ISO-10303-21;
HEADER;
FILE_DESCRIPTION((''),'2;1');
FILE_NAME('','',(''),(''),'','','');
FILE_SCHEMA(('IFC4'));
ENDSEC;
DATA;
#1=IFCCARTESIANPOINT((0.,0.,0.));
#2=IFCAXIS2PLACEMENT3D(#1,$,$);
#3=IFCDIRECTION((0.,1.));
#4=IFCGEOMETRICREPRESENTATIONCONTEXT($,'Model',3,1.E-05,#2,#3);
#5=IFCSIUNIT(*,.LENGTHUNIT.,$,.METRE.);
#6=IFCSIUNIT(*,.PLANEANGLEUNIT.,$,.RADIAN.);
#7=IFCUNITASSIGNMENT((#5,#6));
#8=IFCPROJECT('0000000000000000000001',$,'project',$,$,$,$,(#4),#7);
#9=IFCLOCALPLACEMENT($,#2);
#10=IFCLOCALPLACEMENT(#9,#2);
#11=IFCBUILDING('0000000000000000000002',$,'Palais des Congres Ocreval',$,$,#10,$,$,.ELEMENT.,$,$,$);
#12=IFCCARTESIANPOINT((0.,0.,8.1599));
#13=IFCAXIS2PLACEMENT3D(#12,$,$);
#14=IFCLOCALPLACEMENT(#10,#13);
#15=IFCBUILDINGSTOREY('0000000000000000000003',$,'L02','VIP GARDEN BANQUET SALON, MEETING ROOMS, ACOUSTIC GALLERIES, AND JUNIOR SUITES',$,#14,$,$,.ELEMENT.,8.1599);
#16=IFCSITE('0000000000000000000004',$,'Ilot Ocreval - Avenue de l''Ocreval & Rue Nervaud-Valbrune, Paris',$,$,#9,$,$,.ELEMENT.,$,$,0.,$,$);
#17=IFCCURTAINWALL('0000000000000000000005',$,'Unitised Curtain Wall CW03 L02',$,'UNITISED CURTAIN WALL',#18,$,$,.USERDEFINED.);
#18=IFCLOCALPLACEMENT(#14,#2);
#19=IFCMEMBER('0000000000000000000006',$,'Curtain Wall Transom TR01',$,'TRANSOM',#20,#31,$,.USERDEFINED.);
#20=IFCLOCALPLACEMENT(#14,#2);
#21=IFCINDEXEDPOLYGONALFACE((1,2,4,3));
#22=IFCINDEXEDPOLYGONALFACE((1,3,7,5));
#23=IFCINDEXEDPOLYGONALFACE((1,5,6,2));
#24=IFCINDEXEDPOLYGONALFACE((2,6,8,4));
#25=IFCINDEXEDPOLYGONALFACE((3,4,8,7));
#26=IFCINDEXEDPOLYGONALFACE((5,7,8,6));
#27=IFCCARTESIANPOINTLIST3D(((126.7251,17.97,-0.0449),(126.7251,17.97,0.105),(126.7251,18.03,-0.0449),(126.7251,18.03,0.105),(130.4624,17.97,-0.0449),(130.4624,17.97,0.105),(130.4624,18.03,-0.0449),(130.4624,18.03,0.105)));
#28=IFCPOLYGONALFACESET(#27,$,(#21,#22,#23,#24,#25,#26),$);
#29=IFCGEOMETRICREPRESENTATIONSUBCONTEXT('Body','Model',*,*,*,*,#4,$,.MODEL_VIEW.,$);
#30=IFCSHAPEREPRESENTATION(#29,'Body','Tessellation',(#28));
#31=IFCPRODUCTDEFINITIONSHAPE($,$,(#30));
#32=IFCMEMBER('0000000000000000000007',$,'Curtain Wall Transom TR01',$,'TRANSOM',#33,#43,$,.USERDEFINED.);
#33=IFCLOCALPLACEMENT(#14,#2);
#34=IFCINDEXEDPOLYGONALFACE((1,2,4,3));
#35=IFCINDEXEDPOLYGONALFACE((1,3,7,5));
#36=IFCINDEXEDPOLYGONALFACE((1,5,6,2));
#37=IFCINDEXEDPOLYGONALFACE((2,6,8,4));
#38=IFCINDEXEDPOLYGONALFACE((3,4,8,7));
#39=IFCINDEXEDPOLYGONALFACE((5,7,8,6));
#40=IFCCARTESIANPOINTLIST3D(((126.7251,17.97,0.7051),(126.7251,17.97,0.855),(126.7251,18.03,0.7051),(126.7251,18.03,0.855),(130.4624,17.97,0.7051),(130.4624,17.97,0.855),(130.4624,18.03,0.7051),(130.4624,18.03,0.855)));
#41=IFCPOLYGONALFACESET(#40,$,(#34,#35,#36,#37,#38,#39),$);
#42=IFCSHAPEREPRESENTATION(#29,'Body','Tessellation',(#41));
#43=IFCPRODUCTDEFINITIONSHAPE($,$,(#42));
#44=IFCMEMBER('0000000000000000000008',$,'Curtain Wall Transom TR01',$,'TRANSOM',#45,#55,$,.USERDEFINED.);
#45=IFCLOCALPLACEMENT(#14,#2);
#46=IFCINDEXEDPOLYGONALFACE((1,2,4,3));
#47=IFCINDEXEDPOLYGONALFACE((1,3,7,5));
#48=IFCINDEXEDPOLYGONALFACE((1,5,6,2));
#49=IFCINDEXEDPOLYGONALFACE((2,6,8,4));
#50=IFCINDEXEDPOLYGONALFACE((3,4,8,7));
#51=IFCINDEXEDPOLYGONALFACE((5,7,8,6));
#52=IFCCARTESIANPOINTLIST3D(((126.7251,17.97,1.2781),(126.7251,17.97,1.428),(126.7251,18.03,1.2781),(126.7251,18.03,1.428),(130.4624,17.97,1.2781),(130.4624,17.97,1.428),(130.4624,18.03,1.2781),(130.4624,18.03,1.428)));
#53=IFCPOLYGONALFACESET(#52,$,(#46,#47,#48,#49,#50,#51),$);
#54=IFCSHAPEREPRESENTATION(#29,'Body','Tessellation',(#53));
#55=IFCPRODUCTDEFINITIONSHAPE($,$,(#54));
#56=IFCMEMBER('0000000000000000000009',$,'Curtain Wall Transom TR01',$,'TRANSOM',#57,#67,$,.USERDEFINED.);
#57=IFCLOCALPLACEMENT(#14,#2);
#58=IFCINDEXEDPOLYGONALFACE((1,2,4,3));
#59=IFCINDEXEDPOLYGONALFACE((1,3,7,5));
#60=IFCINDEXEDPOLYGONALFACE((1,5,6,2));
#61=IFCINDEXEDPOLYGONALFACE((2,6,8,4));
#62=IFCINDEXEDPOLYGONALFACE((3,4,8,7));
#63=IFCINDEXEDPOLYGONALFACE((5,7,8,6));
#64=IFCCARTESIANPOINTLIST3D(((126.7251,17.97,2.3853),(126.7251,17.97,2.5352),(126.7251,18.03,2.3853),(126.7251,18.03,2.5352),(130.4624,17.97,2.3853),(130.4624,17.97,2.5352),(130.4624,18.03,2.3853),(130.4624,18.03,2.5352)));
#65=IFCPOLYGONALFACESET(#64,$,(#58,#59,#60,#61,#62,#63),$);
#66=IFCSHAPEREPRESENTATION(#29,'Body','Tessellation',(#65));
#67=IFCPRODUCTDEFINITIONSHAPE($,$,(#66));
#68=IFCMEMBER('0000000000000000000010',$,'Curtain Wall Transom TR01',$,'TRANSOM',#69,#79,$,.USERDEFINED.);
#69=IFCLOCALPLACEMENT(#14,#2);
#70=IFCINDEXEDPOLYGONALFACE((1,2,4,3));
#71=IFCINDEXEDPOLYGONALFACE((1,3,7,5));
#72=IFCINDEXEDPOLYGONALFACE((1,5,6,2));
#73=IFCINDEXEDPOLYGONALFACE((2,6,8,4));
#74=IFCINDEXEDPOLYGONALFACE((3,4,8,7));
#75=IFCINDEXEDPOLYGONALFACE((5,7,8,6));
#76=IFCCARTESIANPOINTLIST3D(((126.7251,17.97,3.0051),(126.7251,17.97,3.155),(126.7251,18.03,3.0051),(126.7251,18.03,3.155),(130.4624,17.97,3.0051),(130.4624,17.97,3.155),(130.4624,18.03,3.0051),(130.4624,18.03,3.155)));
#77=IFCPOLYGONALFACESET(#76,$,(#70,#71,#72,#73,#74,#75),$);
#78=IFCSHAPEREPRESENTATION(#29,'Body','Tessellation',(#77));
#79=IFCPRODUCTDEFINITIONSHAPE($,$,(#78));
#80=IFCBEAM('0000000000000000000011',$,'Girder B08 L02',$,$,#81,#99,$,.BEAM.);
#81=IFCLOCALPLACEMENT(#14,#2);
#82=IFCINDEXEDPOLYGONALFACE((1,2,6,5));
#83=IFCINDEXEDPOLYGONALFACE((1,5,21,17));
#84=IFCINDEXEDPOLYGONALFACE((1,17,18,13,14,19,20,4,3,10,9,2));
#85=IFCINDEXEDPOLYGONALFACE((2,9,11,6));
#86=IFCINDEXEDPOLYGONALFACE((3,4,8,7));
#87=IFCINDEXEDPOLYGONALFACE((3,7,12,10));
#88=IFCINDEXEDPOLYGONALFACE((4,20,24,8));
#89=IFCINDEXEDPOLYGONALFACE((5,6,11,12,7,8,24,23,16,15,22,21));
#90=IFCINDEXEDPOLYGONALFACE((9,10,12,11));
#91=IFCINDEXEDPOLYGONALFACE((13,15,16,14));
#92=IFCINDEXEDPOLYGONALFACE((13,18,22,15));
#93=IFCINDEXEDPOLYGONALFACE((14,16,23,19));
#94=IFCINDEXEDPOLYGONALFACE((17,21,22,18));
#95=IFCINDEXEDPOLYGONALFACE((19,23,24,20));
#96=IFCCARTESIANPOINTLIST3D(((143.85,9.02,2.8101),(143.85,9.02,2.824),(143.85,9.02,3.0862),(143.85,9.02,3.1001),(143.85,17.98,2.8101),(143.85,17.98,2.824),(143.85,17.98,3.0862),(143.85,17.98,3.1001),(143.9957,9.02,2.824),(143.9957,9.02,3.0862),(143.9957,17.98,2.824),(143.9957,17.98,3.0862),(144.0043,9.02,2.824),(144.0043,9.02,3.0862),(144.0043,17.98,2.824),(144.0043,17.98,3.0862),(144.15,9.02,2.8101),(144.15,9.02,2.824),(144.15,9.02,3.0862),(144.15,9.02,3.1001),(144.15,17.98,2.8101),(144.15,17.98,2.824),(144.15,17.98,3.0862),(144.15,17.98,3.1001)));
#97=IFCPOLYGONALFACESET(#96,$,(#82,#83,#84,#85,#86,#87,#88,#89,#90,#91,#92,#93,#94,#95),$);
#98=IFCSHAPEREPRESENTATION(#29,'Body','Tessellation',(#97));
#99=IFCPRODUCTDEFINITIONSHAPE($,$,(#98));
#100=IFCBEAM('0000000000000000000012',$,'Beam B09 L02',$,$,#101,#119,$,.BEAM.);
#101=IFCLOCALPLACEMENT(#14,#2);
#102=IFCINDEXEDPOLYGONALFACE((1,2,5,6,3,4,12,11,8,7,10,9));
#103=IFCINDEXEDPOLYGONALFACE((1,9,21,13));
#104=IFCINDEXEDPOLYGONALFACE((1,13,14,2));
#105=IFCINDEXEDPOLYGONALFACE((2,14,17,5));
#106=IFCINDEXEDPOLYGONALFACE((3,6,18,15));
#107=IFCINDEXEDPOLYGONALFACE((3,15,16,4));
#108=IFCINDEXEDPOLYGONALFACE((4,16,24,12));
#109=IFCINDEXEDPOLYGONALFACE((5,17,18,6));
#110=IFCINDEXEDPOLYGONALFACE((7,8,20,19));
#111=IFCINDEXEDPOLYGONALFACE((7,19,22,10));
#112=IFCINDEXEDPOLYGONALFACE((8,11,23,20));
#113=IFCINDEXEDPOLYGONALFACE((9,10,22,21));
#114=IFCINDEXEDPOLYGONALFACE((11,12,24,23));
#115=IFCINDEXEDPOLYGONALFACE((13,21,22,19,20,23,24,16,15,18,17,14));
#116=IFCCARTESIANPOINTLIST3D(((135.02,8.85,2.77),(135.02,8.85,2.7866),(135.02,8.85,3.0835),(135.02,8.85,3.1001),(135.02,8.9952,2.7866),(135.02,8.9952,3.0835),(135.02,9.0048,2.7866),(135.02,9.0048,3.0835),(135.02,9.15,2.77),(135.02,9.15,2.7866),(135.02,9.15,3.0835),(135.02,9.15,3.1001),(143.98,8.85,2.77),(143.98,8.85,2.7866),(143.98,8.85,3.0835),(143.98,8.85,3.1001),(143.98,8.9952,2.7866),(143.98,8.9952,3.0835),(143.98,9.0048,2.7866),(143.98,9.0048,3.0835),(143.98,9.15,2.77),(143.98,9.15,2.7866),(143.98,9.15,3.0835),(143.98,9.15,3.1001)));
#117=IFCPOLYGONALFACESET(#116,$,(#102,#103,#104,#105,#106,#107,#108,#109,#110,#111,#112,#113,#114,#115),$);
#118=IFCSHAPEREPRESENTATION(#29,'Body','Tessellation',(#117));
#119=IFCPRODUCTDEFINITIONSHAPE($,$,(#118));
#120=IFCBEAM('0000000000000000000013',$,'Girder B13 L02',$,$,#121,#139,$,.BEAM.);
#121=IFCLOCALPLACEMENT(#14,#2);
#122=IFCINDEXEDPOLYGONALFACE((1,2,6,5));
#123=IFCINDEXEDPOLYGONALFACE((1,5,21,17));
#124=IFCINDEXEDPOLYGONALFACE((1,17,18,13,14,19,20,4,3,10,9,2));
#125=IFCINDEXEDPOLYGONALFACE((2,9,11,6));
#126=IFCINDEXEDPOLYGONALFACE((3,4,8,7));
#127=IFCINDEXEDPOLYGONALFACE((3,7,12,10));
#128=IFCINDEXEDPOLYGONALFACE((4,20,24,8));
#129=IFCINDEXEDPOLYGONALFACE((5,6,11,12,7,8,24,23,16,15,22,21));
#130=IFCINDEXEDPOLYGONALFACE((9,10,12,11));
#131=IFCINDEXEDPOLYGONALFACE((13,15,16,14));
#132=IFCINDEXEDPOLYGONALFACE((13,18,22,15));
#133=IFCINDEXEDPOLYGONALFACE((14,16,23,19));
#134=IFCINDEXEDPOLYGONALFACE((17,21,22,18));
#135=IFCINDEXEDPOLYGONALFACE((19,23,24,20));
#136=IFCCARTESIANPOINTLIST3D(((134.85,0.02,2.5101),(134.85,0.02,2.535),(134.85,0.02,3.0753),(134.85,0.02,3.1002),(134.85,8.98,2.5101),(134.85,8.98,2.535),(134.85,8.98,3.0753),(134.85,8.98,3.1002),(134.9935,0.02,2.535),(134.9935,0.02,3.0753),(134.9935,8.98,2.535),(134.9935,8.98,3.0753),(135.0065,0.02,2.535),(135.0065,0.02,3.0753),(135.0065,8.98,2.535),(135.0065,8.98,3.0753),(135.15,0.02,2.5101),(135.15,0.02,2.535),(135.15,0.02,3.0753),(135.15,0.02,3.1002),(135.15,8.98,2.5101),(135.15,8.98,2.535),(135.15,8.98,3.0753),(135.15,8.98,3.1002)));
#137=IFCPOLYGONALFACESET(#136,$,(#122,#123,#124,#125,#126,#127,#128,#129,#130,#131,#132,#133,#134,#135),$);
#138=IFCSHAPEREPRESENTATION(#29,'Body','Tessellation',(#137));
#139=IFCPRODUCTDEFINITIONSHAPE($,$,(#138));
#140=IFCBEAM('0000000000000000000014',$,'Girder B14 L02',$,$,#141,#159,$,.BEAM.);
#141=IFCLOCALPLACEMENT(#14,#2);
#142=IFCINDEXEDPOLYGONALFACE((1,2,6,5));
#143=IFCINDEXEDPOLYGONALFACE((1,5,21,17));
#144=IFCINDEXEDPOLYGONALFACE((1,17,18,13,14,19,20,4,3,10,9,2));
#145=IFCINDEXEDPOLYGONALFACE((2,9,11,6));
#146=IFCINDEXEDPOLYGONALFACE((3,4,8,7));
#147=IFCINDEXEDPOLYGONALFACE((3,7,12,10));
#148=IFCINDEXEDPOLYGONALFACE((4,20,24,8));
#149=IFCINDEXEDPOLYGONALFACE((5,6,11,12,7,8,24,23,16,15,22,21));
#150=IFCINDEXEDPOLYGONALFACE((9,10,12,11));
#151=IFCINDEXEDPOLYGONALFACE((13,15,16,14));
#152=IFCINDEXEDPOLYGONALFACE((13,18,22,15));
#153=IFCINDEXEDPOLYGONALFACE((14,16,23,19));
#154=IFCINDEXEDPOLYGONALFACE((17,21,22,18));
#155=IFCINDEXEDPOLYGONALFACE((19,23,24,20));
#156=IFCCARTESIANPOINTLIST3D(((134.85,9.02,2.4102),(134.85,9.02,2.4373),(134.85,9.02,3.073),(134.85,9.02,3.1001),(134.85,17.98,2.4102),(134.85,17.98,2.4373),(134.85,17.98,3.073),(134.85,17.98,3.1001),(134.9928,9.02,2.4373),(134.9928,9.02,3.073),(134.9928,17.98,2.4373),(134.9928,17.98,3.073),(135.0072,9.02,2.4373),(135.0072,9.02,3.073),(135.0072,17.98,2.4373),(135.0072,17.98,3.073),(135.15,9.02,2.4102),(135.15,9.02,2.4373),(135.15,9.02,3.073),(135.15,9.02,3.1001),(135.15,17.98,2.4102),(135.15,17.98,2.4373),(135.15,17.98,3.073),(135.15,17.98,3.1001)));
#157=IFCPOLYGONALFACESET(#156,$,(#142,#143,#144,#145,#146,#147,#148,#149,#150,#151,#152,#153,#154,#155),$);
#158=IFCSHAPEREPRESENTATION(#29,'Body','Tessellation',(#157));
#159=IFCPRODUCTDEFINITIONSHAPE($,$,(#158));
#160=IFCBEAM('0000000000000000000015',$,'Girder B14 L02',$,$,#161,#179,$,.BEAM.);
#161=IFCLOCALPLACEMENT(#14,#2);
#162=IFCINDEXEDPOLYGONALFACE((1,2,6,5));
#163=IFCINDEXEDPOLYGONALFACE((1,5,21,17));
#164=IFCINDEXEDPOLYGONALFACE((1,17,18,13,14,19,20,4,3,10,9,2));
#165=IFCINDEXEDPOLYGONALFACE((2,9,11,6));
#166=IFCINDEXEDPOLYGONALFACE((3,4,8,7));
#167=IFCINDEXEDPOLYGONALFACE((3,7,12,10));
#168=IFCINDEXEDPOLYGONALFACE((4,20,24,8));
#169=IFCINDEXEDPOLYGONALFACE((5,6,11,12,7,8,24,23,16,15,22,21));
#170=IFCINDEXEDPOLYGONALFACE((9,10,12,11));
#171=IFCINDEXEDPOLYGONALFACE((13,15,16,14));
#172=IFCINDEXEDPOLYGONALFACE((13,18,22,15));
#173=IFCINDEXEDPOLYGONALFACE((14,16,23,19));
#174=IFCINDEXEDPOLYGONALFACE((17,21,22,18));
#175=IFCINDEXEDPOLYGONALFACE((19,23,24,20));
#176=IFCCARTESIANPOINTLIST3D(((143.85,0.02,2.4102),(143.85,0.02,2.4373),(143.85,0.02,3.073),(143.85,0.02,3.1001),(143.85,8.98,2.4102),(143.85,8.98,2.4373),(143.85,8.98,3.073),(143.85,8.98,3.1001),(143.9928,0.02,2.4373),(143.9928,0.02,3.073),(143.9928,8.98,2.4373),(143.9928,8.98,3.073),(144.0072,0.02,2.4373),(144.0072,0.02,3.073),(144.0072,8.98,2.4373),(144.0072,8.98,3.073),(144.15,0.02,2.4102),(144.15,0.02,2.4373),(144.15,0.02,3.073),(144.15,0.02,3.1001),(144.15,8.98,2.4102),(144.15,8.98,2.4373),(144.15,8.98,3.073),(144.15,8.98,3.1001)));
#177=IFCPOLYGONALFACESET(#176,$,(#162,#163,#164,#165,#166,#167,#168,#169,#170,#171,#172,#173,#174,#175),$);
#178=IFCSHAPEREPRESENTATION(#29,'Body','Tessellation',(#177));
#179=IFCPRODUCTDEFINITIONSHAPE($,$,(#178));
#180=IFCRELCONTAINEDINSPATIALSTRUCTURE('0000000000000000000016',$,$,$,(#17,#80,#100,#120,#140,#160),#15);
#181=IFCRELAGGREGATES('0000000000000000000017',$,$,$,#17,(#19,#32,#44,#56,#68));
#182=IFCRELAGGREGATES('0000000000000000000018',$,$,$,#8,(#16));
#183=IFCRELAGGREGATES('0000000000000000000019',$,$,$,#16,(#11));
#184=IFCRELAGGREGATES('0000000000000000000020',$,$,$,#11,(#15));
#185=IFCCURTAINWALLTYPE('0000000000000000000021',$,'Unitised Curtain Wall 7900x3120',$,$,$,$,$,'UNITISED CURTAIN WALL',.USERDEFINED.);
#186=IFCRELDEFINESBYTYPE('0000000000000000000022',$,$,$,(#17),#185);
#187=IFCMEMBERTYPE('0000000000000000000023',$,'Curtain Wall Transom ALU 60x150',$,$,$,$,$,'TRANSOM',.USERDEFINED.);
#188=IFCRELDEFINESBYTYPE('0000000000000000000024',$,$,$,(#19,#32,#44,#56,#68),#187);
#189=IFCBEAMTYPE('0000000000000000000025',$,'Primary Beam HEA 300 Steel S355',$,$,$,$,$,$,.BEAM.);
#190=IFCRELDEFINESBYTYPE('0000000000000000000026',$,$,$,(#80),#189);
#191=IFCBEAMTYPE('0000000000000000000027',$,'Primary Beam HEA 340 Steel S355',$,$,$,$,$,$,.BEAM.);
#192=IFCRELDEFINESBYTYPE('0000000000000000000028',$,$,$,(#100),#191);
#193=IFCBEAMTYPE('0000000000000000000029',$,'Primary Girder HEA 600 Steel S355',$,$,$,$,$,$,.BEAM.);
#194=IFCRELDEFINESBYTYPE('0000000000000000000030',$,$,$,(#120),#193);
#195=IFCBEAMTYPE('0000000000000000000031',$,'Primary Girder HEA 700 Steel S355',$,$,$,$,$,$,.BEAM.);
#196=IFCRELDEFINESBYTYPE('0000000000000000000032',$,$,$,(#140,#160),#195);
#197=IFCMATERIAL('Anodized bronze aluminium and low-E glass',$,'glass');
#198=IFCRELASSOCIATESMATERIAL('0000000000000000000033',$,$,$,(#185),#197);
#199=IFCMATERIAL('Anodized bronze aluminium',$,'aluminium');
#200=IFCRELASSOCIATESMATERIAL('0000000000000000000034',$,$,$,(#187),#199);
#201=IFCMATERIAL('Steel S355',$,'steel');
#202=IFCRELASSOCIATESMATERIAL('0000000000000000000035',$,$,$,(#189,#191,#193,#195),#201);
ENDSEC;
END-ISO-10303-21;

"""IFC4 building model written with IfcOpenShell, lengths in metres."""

from ifc_helpers import new_model, si_unit, direction, frame, origin, origin_2d, place, context, subcontext, project, spatial, rectangle, i_section, extrude, material, material_profile, profile_set, type_object, element, aggregate, save


model = new_model("IFC4")

# Units and contexts
model_context = context("Model", 3, precision=1e-05, world=origin(), true_north=direction((0.0, 1.0)))
body_context = subcontext(model_context, "Body", "Model", "MODEL_VIEW")
ifc_project = project(units=[si_unit("LENGTHUNIT", "METRE"), si_unit("PLANEANGLEUNIT", "RADIAN")], contexts=[model_context])

# Site, building, storey
site_placement = place(None, origin())
site = spatial("IfcSite", under=ifc_project, at=site_placement, Name="Ilot Ocreval - Avenue de l'Ocreval & Rue Nervaud-Valbrune, Paris", CompositionType="ELEMENT", RefElevation=0.0)
building_placement = place(site_placement, origin())
building = spatial("IfcBuilding", under=site, at=building_placement, Name="Palais des Congres Ocreval", CompositionType="ELEMENT")
storey_placement = place(building_placement, frame((0.0, 0.0, 8.1599)))
storey = spatial("IfcBuildingStorey", under=building, at=storey_placement, Name="L02", Description="VIP GARDEN BANQUET SALON, MEETING ROOMS, ACOUSTIC GALLERIES, AND JUNIOR SUITES", CompositionType="ELEMENT", Elevation=8.1599)

# Shared definitions
ifc_material_1 = material(Name="Steel S355", Category="steel")

# Shared definitions
ifc_material_2 = material(Name="Anodized bronze aluminium and low-E glass", Category="glass")
curtain_wall_type = type_object("IfcCurtainWallType", Name="Unitised Curtain Wall 7900x3120", ElementType="UNITISED CURTAIN WALL", PredefinedType="USERDEFINED", material=ifc_material_2)
ifc_material_3 = material(Name="Anodized bronze aluminium", Category="aluminium")

# Curtain wall
curtain_wall_1_placement = place(storey_placement, origin())
curtain_wall_1 = element("IfcCurtainWall", 1, at=curtain_wall_1_placement, inside=storey, type_object=curtain_wall_type, Name="Unitised Curtain Wall CW03 L02", ObjectType="UNITISED CURTAIN WALL", PredefinedType="USERDEFINED")

# Members
ifc_material_profile_1 = material_profile(ifc_material_3, rectangle(XDim=0.0601, YDim=0.1499, at=origin_2d()), Name="ALU 60x150")
ifc_profile_set_1 = profile_set([ifc_material_profile_1], Name="Anodized bronze aluminium")
member_type_1 = type_object("IfcMemberType", Name="Curtain Wall Transom ALU 60x150", ElementType="TRANSOM", PredefinedType="USERDEFINED", material=ifc_profile_set_1)
member_1_placement = place(storey_placement, frame((126.7251, 18.0, 0.03), z_axis=(1.0, 0.0, 0.0), x_axis=(0.0, 1.0, 0.0)))
member_1 = element("IfcMember", 2, at=member_1_placement, type_object=member_type_1, Name="Curtain Wall Transom TR01", ObjectType="TRANSOM", PredefinedType="USERDEFINED", context=body_context, shape_type="SweptSolid", body=[
    extrude(rectangle(XDim=0.0601, YDim=0.1499, at=origin_2d()), origin(), (0.0, 0.0, 1.0), 3.7373),
])
member_2_placement = place(storey_placement, frame((126.7251, 18.0, 0.78), z_axis=(1.0, 0.0, 0.0), x_axis=(0.0, 1.0, 0.0)))
member_2 = element("IfcMember", 3, at=member_2_placement, type_object=member_type_1, Name="Curtain Wall Transom TR01", ObjectType="TRANSOM", PredefinedType="USERDEFINED", context=body_context, shape_type="SweptSolid", body=[
    extrude(rectangle(XDim=0.0601, YDim=0.1499, at=origin_2d()), origin(), (0.0, 0.0, 1.0), 3.7373),
])
member_3_placement = place(storey_placement, frame((126.7251, 18.0, 1.353), z_axis=(1.0, 0.0, 0.0), x_axis=(0.0, 1.0, 0.0)))
member_3 = element("IfcMember", 4, at=member_3_placement, type_object=member_type_1, Name="Curtain Wall Transom TR01", ObjectType="TRANSOM", PredefinedType="USERDEFINED", context=body_context, shape_type="SweptSolid", body=[
    extrude(rectangle(XDim=0.0601, YDim=0.1499, at=origin_2d()), origin(), (0.0, 0.0, 1.0), 3.7373),
])
member_4_placement = place(storey_placement, frame((126.7251, 18.0, 2.4602), z_axis=(1.0, 0.0, 0.0), x_axis=(0.0, 1.0, 0.0)))
member_4 = element("IfcMember", 5, at=member_4_placement, type_object=member_type_1, Name="Curtain Wall Transom TR01", ObjectType="TRANSOM", PredefinedType="USERDEFINED", context=body_context, shape_type="SweptSolid", body=[
    extrude(rectangle(XDim=0.0601, YDim=0.1499, at=origin_2d()), origin(), (0.0, 0.0, 1.0), 3.7373),
])
member_5_placement = place(storey_placement, frame((126.7251, 18.0, 3.0801), z_axis=(1.0, 0.0, 0.0), x_axis=(0.0, 1.0, 0.0)))
member_5 = element("IfcMember", 6, at=member_5_placement, type_object=member_type_1, Name="Curtain Wall Transom TR01", ObjectType="TRANSOM", PredefinedType="USERDEFINED", context=body_context, shape_type="SweptSolid", body=[
    extrude(rectangle(XDim=0.0601, YDim=0.1499, at=origin_2d()), origin(), (0.0, 0.0, 1.0), 3.7373),
])

# Beams
ifc_material_profile_2 = material_profile(ifc_material_1, i_section(OverallWidth=0.3, OverallDepth=0.29, WebThickness=0.0085, FlangeThickness=0.0139, at=origin_2d()), Name="HEA 300")
ifc_profile_set_2 = profile_set([ifc_material_profile_2], Name="Steel S355")
beam_type_1 = type_object("IfcBeamType", Name="Primary Beam HEA 300 Steel S355", PredefinedType="BEAM", material=ifc_profile_set_2)
beam_1_placement = place(storey_placement, frame((144.0, 9.02, 2.9551), z_axis=(0.0, 1.0, 0.0), x_axis=(-1.0, 0.0, 0.0)))
element("IfcBeam", 7, at=beam_1_placement, inside=storey, type_object=beam_type_1, Name="Girder B08 L02", PredefinedType="BEAM", context=body_context, shape_type="SweptSolid", body=[
    extrude(i_section(OverallWidth=0.3, OverallDepth=0.29, WebThickness=0.0085, FlangeThickness=0.0139, at=origin_2d()), origin(), (0.0, 0.0, 1.0), 8.96),
])
ifc_material_profile_3 = material_profile(ifc_material_1, i_section(OverallWidth=0.3, OverallDepth=0.3301, WebThickness=0.0095, FlangeThickness=0.0166, at=origin_2d()), Name="HEA 340")
ifc_profile_set_3 = profile_set([ifc_material_profile_3], Name="Steel S355")
beam_type_2 = type_object("IfcBeamType", Name="Primary Beam HEA 340 Steel S355", PredefinedType="BEAM", material=ifc_profile_set_3)
beam_2_placement = place(storey_placement, frame((135.02, 9.0, 2.9351), z_axis=(1.0, 0.0, 0.0), x_axis=(0.0, 1.0, 0.0)))
element("IfcBeam", 8, at=beam_2_placement, inside=storey, type_object=beam_type_2, Name="Beam B09 L02", PredefinedType="BEAM", context=body_context, shape_type="SweptSolid", body=[
    extrude(i_section(OverallWidth=0.3, OverallDepth=0.3301, WebThickness=0.0095, FlangeThickness=0.0166, at=origin_2d()), origin(), (0.0, 0.0, 1.0), 8.96),
])
ifc_material_profile_4 = material_profile(ifc_material_1, i_section(OverallWidth=0.3, OverallDepth=0.5901, WebThickness=0.0129, FlangeThickness=0.0249, at=origin_2d()), Name="HEA 600")
ifc_profile_set_4 = profile_set([ifc_material_profile_4], Name="Steel S355")
beam_type_3 = type_object("IfcBeamType", Name="Primary Girder HEA 600 Steel S355", PredefinedType="BEAM", material=ifc_profile_set_4)
beam_3_placement = place(storey_placement, frame((135.0, 0.02, 2.8052), z_axis=(0.0, 1.0, 0.0), x_axis=(-1.0, 0.0, 0.0)))
element("IfcBeam", 9, at=beam_3_placement, inside=storey, type_object=beam_type_3, Name="Girder B13 L02", PredefinedType="BEAM", context=body_context, shape_type="SweptSolid", body=[
    extrude(i_section(OverallWidth=0.3, OverallDepth=0.5901, WebThickness=0.0129, FlangeThickness=0.0249, at=origin_2d()), origin(), (0.0, 0.0, 1.0), 8.96),
])
ifc_material_profile_5 = material_profile(ifc_material_1, i_section(OverallWidth=0.3, OverallDepth=0.6899, WebThickness=0.0144, FlangeThickness=0.0271, at=origin_2d()), Name="HEA 700")
ifc_profile_set_5 = profile_set([ifc_material_profile_5], Name="Steel S355")
beam_type_4 = type_object("IfcBeamType", Name="Primary Girder HEA 700 Steel S355", PredefinedType="BEAM", material=ifc_profile_set_5)
for number, where, z_axis, x_axis, name in (
    (10, (135.0, 9.02, 2.7551), (0.0, 1.0, 0.0), (-1.0, 0.0, 0.0), "Girder B14 L02"),
    (11, (144.0, 0.02, 2.7551), (0.0, 1.0, 0.0), (-1.0, 0.0, 0.0), "Girder B14 L02"),
):
    element("IfcBeam", number, at=place(storey_placement, frame(where, z_axis=z_axis, x_axis=x_axis)), inside=storey, type_object=beam_type_4, Name=name, PredefinedType="BEAM", context=body_context, shape_type="SweptSolid", body=[
        extrude(i_section(OverallWidth=0.3, OverallDepth=0.6899, WebThickness=0.0144, FlangeThickness=0.0271, at=origin_2d()), origin(), (0.0, 0.0, 1.0), 8.96),
    ])

aggregate(curtain_wall_1, [member_1, member_2, member_3, member_4, member_5])

save(model, "model.ifc")
